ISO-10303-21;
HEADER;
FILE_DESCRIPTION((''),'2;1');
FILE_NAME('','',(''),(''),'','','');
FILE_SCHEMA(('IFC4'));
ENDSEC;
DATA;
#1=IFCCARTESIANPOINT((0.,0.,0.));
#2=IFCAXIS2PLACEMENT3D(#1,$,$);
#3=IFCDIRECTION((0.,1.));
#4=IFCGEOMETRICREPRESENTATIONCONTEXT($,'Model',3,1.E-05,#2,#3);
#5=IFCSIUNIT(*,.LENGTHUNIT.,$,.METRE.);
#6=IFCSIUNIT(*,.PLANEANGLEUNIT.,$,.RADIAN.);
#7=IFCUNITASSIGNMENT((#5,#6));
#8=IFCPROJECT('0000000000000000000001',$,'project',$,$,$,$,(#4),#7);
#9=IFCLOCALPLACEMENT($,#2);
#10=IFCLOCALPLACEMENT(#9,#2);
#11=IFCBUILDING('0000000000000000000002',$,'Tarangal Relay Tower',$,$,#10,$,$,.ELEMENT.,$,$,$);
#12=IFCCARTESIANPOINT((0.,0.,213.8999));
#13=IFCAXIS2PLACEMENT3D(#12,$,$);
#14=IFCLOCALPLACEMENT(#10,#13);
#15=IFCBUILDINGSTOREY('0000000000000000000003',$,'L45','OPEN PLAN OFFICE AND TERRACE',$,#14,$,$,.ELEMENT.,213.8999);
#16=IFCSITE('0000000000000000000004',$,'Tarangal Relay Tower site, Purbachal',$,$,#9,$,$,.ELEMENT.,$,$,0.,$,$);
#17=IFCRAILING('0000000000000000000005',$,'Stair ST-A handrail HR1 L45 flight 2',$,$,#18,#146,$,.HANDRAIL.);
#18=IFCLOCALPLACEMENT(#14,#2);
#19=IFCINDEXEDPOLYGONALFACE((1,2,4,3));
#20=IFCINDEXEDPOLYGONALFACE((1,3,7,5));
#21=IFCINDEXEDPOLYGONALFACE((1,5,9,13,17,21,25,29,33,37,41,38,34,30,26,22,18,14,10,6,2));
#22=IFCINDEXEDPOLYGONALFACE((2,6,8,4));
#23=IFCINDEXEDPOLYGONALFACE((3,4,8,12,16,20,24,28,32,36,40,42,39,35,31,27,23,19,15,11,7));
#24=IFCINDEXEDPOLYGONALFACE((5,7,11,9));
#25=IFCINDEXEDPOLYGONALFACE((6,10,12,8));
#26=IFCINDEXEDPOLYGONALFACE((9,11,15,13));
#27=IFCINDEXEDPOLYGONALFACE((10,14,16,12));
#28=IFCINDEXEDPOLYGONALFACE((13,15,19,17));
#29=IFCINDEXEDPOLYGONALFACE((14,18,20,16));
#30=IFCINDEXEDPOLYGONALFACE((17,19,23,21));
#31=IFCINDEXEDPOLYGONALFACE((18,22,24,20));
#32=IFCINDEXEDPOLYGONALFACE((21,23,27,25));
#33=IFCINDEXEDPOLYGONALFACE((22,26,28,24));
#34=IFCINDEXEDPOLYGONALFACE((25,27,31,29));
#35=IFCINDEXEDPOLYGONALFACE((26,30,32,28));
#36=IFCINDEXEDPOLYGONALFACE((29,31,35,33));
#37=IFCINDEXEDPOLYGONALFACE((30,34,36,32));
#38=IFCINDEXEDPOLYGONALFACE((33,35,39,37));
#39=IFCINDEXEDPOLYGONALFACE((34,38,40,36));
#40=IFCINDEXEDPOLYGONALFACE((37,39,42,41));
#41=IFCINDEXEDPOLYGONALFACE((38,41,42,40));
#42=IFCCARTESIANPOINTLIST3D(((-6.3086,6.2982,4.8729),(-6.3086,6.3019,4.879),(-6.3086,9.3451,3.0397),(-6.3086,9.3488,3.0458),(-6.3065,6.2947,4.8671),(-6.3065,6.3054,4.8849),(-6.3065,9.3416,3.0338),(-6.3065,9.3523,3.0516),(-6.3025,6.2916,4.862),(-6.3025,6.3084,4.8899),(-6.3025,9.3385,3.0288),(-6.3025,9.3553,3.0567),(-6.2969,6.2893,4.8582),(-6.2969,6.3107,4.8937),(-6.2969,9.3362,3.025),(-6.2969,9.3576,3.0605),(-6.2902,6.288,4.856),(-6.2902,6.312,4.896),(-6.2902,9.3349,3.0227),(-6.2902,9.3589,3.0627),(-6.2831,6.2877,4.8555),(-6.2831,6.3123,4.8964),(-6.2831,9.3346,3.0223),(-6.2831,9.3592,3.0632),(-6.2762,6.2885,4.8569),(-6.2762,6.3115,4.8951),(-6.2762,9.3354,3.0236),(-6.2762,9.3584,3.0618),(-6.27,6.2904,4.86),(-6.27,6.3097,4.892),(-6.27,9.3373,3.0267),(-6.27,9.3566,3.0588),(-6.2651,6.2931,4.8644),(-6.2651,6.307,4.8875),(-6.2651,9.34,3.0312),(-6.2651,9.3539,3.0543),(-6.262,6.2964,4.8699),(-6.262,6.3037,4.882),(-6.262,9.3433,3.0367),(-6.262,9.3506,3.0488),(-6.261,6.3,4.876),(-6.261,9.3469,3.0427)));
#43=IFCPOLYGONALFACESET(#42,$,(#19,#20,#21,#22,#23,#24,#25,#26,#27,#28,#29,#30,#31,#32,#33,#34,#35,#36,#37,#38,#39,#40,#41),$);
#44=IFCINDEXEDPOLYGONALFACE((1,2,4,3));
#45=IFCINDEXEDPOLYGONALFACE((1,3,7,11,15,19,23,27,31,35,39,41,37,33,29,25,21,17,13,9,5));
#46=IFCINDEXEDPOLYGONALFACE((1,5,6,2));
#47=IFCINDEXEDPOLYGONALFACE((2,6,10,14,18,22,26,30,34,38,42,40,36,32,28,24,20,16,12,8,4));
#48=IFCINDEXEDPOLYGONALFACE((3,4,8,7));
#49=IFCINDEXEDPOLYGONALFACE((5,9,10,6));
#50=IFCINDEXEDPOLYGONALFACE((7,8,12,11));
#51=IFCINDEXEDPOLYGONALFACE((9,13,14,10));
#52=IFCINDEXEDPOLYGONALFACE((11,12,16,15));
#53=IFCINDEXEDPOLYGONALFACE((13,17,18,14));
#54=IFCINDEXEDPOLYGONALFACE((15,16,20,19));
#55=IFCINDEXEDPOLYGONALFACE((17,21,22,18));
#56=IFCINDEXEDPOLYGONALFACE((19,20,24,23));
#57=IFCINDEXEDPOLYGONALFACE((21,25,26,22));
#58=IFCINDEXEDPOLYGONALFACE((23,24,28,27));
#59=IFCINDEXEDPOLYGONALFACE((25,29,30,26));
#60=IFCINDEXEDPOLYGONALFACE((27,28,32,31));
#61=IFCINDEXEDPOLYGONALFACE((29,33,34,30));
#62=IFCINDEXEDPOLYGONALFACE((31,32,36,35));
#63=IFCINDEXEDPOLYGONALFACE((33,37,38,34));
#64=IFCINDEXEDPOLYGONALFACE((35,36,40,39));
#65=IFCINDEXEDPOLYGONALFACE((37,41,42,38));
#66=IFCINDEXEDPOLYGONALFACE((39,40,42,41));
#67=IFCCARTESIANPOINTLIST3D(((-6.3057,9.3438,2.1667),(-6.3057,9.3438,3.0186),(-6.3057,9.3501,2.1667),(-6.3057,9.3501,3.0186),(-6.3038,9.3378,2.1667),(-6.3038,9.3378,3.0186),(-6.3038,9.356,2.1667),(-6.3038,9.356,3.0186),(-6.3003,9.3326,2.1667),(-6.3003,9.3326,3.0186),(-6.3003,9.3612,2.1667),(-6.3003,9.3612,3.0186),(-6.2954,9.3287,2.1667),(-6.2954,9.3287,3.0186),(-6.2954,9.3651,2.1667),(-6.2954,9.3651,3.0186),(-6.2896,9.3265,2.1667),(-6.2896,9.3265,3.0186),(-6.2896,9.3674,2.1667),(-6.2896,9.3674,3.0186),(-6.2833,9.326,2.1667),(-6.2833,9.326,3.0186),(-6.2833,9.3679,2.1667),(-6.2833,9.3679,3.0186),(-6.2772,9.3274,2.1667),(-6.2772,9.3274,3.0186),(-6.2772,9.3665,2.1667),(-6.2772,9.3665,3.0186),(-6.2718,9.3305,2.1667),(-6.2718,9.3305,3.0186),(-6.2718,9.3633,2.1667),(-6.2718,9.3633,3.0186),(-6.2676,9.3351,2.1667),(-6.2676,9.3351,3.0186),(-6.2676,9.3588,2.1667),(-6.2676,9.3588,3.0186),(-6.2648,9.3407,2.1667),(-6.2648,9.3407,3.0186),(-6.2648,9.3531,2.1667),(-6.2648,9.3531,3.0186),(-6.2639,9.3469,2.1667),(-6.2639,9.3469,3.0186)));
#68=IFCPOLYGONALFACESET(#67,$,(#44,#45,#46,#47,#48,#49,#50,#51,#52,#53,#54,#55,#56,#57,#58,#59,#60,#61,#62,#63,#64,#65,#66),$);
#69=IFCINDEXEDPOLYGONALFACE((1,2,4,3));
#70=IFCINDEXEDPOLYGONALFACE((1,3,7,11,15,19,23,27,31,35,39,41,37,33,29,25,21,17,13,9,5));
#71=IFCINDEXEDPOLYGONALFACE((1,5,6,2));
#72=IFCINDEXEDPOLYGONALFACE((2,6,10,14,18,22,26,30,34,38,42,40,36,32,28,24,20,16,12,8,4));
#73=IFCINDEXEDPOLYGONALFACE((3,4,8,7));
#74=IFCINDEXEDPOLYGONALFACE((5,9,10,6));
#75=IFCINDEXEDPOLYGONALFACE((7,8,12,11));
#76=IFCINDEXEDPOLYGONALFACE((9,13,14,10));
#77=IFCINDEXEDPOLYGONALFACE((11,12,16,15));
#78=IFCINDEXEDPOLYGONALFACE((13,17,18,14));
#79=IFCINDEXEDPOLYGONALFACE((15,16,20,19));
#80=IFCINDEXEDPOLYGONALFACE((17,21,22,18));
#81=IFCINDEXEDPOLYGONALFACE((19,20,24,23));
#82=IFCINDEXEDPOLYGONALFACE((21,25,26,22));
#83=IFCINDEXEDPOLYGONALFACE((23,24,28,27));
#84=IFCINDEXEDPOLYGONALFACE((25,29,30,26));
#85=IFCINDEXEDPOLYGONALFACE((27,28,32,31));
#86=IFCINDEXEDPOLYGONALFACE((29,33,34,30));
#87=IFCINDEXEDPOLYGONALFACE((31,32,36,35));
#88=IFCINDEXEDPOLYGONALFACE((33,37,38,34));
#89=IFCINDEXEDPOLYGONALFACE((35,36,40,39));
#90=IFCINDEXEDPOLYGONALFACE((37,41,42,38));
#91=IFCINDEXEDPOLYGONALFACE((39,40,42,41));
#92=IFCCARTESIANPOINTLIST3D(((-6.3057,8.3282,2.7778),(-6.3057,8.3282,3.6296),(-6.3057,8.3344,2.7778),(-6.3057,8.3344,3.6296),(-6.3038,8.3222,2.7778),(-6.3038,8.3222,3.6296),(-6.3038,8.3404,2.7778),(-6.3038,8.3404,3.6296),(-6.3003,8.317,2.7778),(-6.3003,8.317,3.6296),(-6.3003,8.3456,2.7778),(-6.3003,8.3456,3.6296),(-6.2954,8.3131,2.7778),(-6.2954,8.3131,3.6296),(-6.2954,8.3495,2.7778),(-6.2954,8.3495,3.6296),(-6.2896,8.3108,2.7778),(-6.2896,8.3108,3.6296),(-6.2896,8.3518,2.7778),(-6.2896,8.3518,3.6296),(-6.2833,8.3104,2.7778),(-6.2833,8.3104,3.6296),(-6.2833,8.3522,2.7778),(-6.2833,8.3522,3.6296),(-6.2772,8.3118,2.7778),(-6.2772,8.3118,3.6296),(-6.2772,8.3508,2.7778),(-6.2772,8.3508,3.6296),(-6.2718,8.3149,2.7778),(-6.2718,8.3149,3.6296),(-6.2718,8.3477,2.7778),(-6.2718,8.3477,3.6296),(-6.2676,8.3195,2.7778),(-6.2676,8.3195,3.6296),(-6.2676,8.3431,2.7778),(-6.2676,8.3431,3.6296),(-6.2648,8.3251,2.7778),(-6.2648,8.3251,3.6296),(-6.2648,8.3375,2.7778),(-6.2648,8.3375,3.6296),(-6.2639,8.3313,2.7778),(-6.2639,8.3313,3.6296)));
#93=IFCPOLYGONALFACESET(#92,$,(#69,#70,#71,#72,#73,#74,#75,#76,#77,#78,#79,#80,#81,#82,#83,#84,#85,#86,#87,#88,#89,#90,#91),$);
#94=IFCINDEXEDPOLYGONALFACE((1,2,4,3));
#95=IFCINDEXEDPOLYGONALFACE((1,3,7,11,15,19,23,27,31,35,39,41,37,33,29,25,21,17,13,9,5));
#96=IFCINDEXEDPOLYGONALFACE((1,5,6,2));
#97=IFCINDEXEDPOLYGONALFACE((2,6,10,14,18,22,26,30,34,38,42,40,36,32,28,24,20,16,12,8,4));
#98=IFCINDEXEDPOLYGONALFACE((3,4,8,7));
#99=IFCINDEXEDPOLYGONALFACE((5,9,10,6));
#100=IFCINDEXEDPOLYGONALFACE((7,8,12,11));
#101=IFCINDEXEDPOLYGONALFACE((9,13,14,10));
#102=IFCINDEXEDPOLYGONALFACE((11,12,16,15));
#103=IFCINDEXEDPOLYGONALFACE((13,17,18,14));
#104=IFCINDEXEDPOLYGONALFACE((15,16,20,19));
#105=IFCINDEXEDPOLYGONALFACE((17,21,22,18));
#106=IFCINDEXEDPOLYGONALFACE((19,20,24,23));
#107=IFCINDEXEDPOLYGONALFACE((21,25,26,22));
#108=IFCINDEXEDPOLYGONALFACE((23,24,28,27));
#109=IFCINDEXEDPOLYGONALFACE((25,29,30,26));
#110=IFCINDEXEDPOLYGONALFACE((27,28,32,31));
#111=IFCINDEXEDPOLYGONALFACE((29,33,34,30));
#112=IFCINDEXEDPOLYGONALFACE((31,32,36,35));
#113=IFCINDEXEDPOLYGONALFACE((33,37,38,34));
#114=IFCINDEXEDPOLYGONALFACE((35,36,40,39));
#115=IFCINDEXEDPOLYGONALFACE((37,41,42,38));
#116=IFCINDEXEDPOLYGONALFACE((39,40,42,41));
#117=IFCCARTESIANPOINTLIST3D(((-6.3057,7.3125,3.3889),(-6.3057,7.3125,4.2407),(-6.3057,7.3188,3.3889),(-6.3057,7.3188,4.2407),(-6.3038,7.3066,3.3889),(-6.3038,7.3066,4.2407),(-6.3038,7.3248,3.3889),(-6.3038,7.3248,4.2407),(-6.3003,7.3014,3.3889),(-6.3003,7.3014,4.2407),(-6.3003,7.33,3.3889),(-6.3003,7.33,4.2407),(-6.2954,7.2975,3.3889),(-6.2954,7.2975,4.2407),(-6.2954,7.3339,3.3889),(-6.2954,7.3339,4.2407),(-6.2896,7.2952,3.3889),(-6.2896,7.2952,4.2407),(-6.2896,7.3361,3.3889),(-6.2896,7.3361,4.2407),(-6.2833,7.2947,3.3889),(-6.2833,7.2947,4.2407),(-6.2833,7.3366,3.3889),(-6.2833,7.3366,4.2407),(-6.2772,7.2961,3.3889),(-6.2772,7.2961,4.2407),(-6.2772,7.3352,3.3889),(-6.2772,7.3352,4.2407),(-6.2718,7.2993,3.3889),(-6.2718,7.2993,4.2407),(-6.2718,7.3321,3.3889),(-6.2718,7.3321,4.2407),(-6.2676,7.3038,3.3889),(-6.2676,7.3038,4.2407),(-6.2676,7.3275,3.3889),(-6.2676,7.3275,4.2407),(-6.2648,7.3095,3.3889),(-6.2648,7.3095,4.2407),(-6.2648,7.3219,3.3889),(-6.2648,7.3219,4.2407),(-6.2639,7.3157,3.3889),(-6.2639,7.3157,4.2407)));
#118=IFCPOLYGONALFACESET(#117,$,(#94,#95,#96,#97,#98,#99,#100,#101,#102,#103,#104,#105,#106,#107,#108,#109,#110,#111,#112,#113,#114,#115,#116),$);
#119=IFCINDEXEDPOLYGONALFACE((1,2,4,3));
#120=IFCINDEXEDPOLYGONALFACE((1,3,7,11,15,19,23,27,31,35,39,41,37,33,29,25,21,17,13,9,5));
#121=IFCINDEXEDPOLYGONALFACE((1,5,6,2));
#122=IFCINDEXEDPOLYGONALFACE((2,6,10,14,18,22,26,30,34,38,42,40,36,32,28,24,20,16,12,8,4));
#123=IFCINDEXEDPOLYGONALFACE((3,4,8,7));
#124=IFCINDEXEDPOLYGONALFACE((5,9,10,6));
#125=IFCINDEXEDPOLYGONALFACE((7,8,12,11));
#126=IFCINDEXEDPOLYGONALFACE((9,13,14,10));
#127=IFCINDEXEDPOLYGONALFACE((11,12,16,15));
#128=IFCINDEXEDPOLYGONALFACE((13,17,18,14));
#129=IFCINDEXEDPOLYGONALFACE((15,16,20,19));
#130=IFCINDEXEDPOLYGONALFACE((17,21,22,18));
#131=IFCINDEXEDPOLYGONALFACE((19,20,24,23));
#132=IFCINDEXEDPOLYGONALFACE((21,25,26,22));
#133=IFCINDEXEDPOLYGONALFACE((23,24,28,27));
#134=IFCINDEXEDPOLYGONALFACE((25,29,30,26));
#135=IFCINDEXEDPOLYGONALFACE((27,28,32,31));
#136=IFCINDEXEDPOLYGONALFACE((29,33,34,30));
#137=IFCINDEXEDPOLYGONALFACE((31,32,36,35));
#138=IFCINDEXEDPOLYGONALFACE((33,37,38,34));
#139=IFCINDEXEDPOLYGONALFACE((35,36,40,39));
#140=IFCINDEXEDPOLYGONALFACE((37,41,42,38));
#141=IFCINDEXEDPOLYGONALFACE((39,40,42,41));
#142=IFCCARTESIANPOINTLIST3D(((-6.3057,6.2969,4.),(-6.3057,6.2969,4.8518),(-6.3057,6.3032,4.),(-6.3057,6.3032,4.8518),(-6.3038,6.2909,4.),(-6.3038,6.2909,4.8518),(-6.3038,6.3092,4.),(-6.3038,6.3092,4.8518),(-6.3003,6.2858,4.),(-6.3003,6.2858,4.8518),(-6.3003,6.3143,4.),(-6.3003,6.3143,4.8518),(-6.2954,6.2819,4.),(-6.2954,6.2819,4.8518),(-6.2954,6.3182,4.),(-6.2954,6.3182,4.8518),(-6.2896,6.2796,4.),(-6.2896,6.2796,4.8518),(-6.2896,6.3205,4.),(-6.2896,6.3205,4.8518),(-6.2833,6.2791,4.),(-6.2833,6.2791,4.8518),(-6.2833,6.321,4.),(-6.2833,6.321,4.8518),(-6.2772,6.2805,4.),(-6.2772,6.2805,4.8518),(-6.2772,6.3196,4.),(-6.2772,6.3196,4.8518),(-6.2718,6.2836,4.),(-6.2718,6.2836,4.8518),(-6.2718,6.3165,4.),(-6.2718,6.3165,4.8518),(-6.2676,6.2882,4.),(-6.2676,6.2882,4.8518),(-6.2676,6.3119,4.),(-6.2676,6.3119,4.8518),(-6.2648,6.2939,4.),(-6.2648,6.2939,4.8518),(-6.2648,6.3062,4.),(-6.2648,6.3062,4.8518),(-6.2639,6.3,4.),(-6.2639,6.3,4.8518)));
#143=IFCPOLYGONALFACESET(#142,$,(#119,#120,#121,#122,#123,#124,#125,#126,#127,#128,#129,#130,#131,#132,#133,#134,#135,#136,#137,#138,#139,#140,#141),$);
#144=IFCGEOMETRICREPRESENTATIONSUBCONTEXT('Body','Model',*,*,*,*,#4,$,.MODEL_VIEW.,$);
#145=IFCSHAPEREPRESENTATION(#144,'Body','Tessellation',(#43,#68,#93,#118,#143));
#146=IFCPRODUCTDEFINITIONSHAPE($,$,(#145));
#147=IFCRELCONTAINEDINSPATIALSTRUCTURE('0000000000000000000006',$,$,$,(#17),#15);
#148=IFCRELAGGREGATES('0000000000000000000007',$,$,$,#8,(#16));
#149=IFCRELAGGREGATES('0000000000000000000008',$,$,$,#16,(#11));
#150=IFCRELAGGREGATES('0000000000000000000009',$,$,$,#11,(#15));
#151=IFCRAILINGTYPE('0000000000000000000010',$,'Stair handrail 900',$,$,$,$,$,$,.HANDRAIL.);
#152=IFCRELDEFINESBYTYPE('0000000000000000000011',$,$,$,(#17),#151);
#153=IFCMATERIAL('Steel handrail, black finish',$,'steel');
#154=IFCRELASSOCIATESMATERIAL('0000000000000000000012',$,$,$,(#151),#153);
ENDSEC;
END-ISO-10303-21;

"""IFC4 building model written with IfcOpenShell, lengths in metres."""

from ifc_helpers import new_model, si_unit, direction, frame, origin, origin_2d, place, context, subcontext, project, spatial, circle, extrude, material, type_object, element, save


model = new_model("IFC4")

# Units and contexts
model_context = context("Model", 3, precision=1e-05, world=origin(), true_north=direction((0.0, 1.0)))
body_context = subcontext(model_context, "Body", "Model", "MODEL_VIEW")
ifc_project = project(units=[si_unit("LENGTHUNIT", "METRE"), si_unit("PLANEANGLEUNIT", "RADIAN")], contexts=[model_context])

# Site, building, storey
site_placement = place(None, origin())
site = spatial("IfcSite", under=ifc_project, at=site_placement, Name="Tarangal Relay Tower site, Purbachal", CompositionType="ELEMENT", RefElevation=0.0)
building_placement = place(site_placement, origin())
building = spatial("IfcBuilding", under=site, at=building_placement, Name="Tarangal Relay Tower", CompositionType="ELEMENT")
storey_placement = place(building_placement, frame((0.0, 0.0, 213.8999)))
storey = spatial("IfcBuildingStorey", under=building, at=storey_placement, Name="L45", Description="OPEN PLAN OFFICE AND TERRACE", CompositionType="ELEMENT", Elevation=213.8999)

# Railing
ifc_material_1 = material(Name="Steel handrail, black finish", Category="steel")
railing_type_1 = type_object("IfcRailingType", Name="Stair handrail 900", PredefinedType="HANDRAIL", material=ifc_material_1)
railing_1_placement = place(storey_placement, frame((-6.2849, 9.3469, 2.1667)))
element("IfcRailing", 1, at=railing_1_placement, inside=storey, type_object=railing_type_1, Name="Stair ST-A handrail HR1 L45 flight 2", PredefinedType="HANDRAIL", context=body_context, shape_type="SweptSolid", body=[
    extrude(circle(Radius=0.0239, at=origin_2d()), frame((0.0, 0.0, 0.876), z_axis=(0.0, -0.856856, 0.515556), x_axis=(1.0, 0.0, 0.0)), (0.0, 0.0, 1.0), 3.5559),
    extrude(circle(Radius=0.021, at=origin_2d()), origin(), (0.0, 0.0, 1.0), 0.8518),
    extrude(circle(Radius=0.021, at=origin_2d()), frame((0.0, -1.0156, 0.6111)), (0.0, 0.0, 1.0), 0.8518),
    extrude(circle(Radius=0.021, at=origin_2d()), frame((0.0, -2.0312, 1.2222)), (0.0, 0.0, 1.0), 0.8518),
    extrude(circle(Radius=0.021, at=origin_2d()), frame((0.0, -3.0469, 1.8333)), (0.0, 0.0, 1.0), 0.8518),
])

save(model, "model.ifc")
